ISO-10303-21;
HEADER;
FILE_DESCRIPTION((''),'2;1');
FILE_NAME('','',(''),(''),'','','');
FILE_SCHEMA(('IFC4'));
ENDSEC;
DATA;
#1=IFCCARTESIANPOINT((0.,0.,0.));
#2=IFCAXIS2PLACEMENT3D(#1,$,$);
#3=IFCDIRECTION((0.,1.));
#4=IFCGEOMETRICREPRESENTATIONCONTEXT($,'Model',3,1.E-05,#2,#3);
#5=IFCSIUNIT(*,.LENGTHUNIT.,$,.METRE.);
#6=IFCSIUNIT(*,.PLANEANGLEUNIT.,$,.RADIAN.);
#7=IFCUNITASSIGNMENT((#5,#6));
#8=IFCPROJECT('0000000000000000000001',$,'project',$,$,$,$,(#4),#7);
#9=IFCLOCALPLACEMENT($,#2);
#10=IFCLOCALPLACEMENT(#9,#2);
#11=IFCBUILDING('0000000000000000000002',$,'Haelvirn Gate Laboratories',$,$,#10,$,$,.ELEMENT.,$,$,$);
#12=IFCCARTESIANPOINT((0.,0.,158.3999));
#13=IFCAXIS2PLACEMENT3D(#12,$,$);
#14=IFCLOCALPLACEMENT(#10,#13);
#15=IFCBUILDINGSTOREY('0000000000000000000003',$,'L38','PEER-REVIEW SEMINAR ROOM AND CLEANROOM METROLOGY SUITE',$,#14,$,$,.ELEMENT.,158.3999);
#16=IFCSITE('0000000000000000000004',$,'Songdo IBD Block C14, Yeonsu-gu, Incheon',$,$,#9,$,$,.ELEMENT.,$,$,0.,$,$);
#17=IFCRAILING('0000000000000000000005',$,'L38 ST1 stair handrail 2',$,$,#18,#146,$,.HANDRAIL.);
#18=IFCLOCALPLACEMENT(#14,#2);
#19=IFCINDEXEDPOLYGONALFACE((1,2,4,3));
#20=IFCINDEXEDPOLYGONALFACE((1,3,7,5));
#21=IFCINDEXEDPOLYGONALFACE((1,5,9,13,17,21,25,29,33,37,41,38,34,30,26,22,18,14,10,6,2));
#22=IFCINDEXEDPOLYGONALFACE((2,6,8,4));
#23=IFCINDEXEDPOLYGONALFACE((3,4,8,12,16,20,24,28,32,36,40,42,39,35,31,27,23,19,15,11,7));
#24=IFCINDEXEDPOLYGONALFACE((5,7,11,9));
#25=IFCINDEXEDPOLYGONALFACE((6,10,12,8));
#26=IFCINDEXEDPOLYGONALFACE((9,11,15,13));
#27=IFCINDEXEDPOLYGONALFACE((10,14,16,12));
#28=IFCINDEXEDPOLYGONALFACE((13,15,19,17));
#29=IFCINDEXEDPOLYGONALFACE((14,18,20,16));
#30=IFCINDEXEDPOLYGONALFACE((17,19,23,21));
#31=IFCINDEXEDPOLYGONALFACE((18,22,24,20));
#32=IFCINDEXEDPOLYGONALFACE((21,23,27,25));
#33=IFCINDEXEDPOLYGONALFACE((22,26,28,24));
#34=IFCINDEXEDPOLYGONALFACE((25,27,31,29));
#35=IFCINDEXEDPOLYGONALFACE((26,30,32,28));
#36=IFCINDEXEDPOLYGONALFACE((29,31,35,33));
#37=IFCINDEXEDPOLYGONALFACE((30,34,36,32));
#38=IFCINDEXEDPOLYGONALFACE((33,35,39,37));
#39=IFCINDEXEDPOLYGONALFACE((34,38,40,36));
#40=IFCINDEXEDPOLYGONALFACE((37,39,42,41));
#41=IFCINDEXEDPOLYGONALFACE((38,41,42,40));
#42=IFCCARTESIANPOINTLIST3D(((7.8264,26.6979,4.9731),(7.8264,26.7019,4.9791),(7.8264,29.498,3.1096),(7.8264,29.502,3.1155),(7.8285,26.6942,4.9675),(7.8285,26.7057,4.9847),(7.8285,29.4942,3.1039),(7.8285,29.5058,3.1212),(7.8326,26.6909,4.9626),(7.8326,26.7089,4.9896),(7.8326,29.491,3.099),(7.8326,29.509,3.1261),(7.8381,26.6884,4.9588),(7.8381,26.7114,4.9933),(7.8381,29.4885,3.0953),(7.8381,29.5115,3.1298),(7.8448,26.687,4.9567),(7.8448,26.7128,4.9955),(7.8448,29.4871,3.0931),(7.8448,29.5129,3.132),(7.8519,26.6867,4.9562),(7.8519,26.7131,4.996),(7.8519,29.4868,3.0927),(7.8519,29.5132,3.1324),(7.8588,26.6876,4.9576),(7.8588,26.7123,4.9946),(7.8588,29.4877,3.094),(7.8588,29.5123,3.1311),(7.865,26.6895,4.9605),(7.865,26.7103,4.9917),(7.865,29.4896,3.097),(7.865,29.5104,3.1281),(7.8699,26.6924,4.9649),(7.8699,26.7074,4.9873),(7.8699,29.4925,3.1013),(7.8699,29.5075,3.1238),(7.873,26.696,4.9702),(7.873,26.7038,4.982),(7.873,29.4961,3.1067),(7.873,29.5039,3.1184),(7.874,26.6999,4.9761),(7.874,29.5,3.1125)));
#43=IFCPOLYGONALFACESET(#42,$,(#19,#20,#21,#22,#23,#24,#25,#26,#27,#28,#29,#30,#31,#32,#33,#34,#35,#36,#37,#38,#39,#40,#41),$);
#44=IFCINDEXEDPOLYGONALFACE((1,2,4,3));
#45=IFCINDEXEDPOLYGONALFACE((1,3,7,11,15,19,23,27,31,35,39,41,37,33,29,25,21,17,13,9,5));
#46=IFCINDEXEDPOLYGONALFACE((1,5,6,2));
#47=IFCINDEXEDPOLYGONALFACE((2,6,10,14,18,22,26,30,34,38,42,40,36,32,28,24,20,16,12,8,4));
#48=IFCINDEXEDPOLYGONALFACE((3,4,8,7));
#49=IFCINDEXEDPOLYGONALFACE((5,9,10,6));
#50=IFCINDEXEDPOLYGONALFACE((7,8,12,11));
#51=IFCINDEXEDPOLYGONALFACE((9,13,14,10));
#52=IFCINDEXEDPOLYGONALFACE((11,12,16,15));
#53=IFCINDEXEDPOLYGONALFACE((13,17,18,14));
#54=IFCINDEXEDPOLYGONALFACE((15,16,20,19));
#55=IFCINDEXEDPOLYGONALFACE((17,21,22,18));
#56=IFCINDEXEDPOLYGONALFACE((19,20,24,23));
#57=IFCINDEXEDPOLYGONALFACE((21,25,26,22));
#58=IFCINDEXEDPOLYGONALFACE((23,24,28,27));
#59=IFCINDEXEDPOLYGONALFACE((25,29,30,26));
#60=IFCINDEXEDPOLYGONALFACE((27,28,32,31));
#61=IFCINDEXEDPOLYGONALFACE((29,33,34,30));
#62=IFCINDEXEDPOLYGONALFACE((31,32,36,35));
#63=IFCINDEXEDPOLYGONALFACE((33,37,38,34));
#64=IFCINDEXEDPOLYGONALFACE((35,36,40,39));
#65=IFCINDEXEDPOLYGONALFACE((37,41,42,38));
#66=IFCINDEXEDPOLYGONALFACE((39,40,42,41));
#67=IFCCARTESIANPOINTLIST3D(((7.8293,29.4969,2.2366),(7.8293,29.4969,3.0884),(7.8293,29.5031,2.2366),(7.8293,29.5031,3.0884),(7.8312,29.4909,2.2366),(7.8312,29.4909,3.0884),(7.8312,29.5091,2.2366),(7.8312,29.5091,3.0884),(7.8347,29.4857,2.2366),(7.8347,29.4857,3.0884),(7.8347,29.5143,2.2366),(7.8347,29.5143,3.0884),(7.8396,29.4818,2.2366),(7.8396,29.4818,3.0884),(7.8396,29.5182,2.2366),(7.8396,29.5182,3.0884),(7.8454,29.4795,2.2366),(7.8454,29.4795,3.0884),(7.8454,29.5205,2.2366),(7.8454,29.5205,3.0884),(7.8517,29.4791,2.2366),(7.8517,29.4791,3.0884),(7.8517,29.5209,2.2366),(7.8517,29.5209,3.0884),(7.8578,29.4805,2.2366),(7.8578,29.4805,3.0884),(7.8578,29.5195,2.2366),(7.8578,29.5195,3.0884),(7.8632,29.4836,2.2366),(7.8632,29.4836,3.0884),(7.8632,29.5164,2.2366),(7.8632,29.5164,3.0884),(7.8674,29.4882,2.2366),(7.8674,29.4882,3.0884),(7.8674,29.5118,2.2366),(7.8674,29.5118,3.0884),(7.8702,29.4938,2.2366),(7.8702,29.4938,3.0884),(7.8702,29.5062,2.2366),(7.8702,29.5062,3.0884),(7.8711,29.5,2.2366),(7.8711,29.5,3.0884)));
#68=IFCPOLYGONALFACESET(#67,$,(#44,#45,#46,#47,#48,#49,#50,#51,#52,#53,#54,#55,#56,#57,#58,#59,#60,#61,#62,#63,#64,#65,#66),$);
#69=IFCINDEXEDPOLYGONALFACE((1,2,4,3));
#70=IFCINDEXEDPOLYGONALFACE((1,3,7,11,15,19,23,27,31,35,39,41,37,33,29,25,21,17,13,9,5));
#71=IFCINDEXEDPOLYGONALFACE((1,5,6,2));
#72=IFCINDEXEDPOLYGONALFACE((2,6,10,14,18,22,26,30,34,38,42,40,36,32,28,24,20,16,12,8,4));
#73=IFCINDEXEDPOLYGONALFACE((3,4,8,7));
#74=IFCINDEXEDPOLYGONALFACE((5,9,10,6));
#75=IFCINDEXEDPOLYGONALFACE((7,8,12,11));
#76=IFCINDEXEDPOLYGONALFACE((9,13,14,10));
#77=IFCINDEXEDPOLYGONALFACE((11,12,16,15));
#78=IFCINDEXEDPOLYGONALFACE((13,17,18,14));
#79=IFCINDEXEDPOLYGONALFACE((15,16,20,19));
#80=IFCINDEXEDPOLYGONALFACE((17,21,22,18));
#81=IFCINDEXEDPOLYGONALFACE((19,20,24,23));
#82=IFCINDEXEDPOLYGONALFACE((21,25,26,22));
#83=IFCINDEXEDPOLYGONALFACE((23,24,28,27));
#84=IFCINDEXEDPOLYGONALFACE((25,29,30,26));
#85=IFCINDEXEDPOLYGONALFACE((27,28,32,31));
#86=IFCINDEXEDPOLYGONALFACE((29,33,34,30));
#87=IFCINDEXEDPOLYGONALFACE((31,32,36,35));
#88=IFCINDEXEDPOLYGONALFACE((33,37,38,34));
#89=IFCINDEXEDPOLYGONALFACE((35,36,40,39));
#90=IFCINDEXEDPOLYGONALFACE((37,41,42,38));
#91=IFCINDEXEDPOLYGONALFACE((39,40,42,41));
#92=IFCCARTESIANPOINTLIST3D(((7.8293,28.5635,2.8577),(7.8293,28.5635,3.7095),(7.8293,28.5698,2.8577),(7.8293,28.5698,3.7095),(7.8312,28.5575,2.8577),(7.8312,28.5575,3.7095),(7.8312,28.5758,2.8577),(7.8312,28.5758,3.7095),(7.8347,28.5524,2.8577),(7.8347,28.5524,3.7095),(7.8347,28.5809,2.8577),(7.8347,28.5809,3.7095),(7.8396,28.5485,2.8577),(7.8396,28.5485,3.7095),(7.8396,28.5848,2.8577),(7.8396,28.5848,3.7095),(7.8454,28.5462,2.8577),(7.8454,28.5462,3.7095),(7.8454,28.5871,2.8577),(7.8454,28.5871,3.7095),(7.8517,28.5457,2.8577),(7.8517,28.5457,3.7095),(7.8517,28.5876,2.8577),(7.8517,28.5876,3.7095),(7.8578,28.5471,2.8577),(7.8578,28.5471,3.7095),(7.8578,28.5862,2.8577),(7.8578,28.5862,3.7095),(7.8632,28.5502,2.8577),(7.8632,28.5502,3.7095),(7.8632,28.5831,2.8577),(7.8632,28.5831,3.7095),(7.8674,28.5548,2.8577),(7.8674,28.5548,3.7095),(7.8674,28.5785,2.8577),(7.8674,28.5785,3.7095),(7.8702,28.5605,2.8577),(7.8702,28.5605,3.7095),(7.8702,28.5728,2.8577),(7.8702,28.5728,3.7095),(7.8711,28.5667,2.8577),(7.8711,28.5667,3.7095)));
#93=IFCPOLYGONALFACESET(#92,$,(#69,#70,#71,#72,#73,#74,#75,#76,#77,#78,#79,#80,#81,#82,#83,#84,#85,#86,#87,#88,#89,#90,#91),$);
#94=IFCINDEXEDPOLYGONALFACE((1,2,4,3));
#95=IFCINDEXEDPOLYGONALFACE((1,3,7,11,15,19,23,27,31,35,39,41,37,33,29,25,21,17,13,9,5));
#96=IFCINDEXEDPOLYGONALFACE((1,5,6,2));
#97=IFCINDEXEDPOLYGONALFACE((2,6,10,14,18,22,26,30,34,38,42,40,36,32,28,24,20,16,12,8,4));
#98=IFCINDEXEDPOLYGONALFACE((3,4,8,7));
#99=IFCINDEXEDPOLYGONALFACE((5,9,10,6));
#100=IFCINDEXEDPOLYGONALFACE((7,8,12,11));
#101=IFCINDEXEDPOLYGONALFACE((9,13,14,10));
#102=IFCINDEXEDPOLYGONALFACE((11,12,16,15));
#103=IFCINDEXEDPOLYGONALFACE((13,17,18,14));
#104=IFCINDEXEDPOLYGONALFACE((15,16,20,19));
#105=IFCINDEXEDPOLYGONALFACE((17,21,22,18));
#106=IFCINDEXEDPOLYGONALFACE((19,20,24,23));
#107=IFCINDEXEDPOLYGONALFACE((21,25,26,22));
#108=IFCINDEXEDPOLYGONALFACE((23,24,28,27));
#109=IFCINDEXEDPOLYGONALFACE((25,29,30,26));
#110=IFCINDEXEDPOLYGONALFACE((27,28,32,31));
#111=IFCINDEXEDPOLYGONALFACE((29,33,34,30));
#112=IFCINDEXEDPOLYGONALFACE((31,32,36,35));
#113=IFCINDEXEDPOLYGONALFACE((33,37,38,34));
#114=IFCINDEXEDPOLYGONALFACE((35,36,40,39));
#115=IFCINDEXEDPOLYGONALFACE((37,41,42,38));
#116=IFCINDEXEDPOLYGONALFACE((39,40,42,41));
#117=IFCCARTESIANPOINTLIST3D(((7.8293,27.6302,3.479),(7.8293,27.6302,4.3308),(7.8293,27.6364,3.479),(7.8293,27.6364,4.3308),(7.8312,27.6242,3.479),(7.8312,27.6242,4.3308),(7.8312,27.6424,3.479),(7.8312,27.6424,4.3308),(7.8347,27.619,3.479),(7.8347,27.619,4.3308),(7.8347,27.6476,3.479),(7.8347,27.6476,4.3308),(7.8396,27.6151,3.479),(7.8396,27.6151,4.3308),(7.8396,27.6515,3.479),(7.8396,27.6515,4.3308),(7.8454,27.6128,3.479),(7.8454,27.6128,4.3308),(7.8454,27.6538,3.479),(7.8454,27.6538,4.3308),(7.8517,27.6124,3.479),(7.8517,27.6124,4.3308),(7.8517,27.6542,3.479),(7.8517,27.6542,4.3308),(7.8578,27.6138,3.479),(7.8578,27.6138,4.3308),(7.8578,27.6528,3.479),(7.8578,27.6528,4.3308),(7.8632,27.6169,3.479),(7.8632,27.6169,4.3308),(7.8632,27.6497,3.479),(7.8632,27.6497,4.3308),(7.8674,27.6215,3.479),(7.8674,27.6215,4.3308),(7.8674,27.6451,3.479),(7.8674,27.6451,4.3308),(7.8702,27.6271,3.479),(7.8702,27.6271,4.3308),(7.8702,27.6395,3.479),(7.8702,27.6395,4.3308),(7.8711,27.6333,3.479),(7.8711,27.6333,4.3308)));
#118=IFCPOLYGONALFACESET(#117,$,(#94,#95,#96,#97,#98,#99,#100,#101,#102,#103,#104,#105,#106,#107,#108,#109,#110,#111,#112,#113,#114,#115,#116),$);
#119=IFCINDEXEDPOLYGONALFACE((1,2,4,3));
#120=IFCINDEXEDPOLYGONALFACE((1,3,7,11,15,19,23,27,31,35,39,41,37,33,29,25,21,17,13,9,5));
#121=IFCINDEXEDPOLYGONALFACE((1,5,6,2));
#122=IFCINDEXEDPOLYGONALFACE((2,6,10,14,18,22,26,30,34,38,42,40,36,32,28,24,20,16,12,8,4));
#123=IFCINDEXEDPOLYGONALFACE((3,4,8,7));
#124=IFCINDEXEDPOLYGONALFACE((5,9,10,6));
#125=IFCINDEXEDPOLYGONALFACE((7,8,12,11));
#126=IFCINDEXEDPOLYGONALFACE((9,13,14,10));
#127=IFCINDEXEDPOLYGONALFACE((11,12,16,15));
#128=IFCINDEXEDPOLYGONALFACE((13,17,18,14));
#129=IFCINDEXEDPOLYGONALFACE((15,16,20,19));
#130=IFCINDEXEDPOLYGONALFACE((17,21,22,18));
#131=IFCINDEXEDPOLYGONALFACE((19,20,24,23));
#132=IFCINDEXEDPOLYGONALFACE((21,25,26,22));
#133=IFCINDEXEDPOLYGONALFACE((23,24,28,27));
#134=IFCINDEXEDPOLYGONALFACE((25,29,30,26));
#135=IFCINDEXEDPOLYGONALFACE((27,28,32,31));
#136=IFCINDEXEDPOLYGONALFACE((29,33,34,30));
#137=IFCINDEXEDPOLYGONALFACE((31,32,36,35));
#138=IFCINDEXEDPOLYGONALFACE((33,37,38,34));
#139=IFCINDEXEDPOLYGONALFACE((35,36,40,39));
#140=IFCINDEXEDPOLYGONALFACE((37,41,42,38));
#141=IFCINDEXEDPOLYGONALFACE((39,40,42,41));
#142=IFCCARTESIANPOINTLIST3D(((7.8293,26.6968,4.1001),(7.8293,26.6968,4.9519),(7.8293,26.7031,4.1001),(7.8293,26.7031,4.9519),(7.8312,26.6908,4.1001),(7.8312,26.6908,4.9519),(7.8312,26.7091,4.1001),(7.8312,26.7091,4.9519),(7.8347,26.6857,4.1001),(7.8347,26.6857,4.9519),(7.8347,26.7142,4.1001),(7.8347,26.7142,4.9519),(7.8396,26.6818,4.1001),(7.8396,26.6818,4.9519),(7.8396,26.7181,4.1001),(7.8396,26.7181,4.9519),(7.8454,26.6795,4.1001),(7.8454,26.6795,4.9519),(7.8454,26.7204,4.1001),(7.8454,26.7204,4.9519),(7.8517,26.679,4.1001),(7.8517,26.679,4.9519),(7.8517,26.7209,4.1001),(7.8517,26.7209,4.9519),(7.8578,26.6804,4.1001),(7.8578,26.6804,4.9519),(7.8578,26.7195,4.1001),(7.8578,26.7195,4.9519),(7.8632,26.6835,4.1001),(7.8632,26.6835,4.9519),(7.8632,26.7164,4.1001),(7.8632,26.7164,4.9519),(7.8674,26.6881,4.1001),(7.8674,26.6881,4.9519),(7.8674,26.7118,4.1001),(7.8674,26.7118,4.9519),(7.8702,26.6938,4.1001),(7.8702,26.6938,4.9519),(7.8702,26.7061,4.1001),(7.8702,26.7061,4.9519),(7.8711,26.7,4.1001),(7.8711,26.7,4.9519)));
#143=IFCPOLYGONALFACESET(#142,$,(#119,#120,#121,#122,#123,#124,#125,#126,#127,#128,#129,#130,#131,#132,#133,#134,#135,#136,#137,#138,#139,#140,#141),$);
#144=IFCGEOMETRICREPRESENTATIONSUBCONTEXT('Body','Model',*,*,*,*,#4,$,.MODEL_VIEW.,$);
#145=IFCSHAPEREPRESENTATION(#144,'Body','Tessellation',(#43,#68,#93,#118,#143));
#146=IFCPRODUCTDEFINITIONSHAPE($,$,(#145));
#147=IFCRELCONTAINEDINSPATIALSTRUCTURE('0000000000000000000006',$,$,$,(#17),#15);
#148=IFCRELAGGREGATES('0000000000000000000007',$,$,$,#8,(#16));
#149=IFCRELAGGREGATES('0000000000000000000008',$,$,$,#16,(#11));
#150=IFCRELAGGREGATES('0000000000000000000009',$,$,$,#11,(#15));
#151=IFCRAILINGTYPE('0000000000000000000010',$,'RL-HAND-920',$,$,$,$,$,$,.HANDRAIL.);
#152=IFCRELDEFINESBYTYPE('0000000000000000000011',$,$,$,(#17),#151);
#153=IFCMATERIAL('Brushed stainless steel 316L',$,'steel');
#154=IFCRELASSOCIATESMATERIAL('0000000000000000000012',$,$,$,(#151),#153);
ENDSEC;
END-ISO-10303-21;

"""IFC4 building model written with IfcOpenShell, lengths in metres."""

from ifc_helpers import new_model, si_unit, direction, frame, origin, origin_2d, place, context, subcontext, project, spatial, circle, extrude, source, transform, mapped, material, type_object, type_shapes, element, save


model = new_model("IFC4")

# Units and contexts
model_context = context("Model", 3, precision=1e-05, world=origin(), true_north=direction((0.0, 1.0)))
body_context = subcontext(model_context, "Body", "Model", "MODEL_VIEW")
ifc_project = project(units=[si_unit("LENGTHUNIT", "METRE"), si_unit("PLANEANGLEUNIT", "RADIAN")], contexts=[model_context])

# Site, building, storey
site_placement = place(None, origin())
site = spatial("IfcSite", under=ifc_project, at=site_placement, Name="Songdo IBD Block C14, Yeonsu-gu, Incheon", CompositionType="ELEMENT", RefElevation=0.0)
building_placement = place(site_placement, origin())
building = spatial("IfcBuilding", under=site, at=building_placement, Name="Haelvirn Gate Laboratories", CompositionType="ELEMENT")
storey_placement = place(building_placement, frame((0.0, 0.0, 158.3999)))
storey = spatial("IfcBuildingStorey", under=building, at=storey_placement, Name="L38", Description="PEER-REVIEW SEMINAR ROOM AND CLEANROOM METROLOGY SUITE", CompositionType="ELEMENT", Elevation=158.3999)

# Railing
ifc_material_1 = material(Name="Brushed stainless steel 316L", Category="steel")
railing_type_1 = type_object("IfcRailingType", Name="RL-HAND-920", PredefinedType="HANDRAIL", material=ifc_material_1)
shared_shape_1 = source(origin(), body_context, "Body", "SweptSolid", [
    extrude(circle(Radius=0.0239, at=origin_2d()), frame((0.0, 0.0, 0.876), z_axis=(0.0, -0.832486, 0.554047), x_axis=(1.0, 0.0, 0.0)), (0.0, 0.0, 1.0), 3.3635),
    extrude(circle(Radius=0.021, at=origin_2d()), origin(), (0.0, 0.0, 1.0), 0.8518),
    extrude(circle(Radius=0.021, at=origin_2d()), frame((0.0, -0.9333, 0.6211)), (0.0, 0.0, 1.0), 0.8518),
    extrude(circle(Radius=0.021, at=origin_2d()), frame((0.0, -1.8667, 1.2424)), (0.0, 0.0, 1.0), 0.8518),
    extrude(circle(Radius=0.021, at=origin_2d()), frame((0.0, -2.8, 1.8635)), (0.0, 0.0, 1.0), 0.8518),
])
type_shapes(railing_type_1, [shared_shape_1])
railing_1_placement = place(storey_placement, frame((7.8501, 29.5, 2.2366)))
element("IfcRailing", 1, at=railing_1_placement, inside=storey, type_object=railing_type_1, Name="L38 ST1 stair handrail 2", PredefinedType="HANDRAIL", context=body_context, shape_type="MappedRepresentation", body=[
    mapped(shared_shape_1, transform((0.0, 0.0, 0.0), scale=1.0)),
])

save(model, "model.ifc")
